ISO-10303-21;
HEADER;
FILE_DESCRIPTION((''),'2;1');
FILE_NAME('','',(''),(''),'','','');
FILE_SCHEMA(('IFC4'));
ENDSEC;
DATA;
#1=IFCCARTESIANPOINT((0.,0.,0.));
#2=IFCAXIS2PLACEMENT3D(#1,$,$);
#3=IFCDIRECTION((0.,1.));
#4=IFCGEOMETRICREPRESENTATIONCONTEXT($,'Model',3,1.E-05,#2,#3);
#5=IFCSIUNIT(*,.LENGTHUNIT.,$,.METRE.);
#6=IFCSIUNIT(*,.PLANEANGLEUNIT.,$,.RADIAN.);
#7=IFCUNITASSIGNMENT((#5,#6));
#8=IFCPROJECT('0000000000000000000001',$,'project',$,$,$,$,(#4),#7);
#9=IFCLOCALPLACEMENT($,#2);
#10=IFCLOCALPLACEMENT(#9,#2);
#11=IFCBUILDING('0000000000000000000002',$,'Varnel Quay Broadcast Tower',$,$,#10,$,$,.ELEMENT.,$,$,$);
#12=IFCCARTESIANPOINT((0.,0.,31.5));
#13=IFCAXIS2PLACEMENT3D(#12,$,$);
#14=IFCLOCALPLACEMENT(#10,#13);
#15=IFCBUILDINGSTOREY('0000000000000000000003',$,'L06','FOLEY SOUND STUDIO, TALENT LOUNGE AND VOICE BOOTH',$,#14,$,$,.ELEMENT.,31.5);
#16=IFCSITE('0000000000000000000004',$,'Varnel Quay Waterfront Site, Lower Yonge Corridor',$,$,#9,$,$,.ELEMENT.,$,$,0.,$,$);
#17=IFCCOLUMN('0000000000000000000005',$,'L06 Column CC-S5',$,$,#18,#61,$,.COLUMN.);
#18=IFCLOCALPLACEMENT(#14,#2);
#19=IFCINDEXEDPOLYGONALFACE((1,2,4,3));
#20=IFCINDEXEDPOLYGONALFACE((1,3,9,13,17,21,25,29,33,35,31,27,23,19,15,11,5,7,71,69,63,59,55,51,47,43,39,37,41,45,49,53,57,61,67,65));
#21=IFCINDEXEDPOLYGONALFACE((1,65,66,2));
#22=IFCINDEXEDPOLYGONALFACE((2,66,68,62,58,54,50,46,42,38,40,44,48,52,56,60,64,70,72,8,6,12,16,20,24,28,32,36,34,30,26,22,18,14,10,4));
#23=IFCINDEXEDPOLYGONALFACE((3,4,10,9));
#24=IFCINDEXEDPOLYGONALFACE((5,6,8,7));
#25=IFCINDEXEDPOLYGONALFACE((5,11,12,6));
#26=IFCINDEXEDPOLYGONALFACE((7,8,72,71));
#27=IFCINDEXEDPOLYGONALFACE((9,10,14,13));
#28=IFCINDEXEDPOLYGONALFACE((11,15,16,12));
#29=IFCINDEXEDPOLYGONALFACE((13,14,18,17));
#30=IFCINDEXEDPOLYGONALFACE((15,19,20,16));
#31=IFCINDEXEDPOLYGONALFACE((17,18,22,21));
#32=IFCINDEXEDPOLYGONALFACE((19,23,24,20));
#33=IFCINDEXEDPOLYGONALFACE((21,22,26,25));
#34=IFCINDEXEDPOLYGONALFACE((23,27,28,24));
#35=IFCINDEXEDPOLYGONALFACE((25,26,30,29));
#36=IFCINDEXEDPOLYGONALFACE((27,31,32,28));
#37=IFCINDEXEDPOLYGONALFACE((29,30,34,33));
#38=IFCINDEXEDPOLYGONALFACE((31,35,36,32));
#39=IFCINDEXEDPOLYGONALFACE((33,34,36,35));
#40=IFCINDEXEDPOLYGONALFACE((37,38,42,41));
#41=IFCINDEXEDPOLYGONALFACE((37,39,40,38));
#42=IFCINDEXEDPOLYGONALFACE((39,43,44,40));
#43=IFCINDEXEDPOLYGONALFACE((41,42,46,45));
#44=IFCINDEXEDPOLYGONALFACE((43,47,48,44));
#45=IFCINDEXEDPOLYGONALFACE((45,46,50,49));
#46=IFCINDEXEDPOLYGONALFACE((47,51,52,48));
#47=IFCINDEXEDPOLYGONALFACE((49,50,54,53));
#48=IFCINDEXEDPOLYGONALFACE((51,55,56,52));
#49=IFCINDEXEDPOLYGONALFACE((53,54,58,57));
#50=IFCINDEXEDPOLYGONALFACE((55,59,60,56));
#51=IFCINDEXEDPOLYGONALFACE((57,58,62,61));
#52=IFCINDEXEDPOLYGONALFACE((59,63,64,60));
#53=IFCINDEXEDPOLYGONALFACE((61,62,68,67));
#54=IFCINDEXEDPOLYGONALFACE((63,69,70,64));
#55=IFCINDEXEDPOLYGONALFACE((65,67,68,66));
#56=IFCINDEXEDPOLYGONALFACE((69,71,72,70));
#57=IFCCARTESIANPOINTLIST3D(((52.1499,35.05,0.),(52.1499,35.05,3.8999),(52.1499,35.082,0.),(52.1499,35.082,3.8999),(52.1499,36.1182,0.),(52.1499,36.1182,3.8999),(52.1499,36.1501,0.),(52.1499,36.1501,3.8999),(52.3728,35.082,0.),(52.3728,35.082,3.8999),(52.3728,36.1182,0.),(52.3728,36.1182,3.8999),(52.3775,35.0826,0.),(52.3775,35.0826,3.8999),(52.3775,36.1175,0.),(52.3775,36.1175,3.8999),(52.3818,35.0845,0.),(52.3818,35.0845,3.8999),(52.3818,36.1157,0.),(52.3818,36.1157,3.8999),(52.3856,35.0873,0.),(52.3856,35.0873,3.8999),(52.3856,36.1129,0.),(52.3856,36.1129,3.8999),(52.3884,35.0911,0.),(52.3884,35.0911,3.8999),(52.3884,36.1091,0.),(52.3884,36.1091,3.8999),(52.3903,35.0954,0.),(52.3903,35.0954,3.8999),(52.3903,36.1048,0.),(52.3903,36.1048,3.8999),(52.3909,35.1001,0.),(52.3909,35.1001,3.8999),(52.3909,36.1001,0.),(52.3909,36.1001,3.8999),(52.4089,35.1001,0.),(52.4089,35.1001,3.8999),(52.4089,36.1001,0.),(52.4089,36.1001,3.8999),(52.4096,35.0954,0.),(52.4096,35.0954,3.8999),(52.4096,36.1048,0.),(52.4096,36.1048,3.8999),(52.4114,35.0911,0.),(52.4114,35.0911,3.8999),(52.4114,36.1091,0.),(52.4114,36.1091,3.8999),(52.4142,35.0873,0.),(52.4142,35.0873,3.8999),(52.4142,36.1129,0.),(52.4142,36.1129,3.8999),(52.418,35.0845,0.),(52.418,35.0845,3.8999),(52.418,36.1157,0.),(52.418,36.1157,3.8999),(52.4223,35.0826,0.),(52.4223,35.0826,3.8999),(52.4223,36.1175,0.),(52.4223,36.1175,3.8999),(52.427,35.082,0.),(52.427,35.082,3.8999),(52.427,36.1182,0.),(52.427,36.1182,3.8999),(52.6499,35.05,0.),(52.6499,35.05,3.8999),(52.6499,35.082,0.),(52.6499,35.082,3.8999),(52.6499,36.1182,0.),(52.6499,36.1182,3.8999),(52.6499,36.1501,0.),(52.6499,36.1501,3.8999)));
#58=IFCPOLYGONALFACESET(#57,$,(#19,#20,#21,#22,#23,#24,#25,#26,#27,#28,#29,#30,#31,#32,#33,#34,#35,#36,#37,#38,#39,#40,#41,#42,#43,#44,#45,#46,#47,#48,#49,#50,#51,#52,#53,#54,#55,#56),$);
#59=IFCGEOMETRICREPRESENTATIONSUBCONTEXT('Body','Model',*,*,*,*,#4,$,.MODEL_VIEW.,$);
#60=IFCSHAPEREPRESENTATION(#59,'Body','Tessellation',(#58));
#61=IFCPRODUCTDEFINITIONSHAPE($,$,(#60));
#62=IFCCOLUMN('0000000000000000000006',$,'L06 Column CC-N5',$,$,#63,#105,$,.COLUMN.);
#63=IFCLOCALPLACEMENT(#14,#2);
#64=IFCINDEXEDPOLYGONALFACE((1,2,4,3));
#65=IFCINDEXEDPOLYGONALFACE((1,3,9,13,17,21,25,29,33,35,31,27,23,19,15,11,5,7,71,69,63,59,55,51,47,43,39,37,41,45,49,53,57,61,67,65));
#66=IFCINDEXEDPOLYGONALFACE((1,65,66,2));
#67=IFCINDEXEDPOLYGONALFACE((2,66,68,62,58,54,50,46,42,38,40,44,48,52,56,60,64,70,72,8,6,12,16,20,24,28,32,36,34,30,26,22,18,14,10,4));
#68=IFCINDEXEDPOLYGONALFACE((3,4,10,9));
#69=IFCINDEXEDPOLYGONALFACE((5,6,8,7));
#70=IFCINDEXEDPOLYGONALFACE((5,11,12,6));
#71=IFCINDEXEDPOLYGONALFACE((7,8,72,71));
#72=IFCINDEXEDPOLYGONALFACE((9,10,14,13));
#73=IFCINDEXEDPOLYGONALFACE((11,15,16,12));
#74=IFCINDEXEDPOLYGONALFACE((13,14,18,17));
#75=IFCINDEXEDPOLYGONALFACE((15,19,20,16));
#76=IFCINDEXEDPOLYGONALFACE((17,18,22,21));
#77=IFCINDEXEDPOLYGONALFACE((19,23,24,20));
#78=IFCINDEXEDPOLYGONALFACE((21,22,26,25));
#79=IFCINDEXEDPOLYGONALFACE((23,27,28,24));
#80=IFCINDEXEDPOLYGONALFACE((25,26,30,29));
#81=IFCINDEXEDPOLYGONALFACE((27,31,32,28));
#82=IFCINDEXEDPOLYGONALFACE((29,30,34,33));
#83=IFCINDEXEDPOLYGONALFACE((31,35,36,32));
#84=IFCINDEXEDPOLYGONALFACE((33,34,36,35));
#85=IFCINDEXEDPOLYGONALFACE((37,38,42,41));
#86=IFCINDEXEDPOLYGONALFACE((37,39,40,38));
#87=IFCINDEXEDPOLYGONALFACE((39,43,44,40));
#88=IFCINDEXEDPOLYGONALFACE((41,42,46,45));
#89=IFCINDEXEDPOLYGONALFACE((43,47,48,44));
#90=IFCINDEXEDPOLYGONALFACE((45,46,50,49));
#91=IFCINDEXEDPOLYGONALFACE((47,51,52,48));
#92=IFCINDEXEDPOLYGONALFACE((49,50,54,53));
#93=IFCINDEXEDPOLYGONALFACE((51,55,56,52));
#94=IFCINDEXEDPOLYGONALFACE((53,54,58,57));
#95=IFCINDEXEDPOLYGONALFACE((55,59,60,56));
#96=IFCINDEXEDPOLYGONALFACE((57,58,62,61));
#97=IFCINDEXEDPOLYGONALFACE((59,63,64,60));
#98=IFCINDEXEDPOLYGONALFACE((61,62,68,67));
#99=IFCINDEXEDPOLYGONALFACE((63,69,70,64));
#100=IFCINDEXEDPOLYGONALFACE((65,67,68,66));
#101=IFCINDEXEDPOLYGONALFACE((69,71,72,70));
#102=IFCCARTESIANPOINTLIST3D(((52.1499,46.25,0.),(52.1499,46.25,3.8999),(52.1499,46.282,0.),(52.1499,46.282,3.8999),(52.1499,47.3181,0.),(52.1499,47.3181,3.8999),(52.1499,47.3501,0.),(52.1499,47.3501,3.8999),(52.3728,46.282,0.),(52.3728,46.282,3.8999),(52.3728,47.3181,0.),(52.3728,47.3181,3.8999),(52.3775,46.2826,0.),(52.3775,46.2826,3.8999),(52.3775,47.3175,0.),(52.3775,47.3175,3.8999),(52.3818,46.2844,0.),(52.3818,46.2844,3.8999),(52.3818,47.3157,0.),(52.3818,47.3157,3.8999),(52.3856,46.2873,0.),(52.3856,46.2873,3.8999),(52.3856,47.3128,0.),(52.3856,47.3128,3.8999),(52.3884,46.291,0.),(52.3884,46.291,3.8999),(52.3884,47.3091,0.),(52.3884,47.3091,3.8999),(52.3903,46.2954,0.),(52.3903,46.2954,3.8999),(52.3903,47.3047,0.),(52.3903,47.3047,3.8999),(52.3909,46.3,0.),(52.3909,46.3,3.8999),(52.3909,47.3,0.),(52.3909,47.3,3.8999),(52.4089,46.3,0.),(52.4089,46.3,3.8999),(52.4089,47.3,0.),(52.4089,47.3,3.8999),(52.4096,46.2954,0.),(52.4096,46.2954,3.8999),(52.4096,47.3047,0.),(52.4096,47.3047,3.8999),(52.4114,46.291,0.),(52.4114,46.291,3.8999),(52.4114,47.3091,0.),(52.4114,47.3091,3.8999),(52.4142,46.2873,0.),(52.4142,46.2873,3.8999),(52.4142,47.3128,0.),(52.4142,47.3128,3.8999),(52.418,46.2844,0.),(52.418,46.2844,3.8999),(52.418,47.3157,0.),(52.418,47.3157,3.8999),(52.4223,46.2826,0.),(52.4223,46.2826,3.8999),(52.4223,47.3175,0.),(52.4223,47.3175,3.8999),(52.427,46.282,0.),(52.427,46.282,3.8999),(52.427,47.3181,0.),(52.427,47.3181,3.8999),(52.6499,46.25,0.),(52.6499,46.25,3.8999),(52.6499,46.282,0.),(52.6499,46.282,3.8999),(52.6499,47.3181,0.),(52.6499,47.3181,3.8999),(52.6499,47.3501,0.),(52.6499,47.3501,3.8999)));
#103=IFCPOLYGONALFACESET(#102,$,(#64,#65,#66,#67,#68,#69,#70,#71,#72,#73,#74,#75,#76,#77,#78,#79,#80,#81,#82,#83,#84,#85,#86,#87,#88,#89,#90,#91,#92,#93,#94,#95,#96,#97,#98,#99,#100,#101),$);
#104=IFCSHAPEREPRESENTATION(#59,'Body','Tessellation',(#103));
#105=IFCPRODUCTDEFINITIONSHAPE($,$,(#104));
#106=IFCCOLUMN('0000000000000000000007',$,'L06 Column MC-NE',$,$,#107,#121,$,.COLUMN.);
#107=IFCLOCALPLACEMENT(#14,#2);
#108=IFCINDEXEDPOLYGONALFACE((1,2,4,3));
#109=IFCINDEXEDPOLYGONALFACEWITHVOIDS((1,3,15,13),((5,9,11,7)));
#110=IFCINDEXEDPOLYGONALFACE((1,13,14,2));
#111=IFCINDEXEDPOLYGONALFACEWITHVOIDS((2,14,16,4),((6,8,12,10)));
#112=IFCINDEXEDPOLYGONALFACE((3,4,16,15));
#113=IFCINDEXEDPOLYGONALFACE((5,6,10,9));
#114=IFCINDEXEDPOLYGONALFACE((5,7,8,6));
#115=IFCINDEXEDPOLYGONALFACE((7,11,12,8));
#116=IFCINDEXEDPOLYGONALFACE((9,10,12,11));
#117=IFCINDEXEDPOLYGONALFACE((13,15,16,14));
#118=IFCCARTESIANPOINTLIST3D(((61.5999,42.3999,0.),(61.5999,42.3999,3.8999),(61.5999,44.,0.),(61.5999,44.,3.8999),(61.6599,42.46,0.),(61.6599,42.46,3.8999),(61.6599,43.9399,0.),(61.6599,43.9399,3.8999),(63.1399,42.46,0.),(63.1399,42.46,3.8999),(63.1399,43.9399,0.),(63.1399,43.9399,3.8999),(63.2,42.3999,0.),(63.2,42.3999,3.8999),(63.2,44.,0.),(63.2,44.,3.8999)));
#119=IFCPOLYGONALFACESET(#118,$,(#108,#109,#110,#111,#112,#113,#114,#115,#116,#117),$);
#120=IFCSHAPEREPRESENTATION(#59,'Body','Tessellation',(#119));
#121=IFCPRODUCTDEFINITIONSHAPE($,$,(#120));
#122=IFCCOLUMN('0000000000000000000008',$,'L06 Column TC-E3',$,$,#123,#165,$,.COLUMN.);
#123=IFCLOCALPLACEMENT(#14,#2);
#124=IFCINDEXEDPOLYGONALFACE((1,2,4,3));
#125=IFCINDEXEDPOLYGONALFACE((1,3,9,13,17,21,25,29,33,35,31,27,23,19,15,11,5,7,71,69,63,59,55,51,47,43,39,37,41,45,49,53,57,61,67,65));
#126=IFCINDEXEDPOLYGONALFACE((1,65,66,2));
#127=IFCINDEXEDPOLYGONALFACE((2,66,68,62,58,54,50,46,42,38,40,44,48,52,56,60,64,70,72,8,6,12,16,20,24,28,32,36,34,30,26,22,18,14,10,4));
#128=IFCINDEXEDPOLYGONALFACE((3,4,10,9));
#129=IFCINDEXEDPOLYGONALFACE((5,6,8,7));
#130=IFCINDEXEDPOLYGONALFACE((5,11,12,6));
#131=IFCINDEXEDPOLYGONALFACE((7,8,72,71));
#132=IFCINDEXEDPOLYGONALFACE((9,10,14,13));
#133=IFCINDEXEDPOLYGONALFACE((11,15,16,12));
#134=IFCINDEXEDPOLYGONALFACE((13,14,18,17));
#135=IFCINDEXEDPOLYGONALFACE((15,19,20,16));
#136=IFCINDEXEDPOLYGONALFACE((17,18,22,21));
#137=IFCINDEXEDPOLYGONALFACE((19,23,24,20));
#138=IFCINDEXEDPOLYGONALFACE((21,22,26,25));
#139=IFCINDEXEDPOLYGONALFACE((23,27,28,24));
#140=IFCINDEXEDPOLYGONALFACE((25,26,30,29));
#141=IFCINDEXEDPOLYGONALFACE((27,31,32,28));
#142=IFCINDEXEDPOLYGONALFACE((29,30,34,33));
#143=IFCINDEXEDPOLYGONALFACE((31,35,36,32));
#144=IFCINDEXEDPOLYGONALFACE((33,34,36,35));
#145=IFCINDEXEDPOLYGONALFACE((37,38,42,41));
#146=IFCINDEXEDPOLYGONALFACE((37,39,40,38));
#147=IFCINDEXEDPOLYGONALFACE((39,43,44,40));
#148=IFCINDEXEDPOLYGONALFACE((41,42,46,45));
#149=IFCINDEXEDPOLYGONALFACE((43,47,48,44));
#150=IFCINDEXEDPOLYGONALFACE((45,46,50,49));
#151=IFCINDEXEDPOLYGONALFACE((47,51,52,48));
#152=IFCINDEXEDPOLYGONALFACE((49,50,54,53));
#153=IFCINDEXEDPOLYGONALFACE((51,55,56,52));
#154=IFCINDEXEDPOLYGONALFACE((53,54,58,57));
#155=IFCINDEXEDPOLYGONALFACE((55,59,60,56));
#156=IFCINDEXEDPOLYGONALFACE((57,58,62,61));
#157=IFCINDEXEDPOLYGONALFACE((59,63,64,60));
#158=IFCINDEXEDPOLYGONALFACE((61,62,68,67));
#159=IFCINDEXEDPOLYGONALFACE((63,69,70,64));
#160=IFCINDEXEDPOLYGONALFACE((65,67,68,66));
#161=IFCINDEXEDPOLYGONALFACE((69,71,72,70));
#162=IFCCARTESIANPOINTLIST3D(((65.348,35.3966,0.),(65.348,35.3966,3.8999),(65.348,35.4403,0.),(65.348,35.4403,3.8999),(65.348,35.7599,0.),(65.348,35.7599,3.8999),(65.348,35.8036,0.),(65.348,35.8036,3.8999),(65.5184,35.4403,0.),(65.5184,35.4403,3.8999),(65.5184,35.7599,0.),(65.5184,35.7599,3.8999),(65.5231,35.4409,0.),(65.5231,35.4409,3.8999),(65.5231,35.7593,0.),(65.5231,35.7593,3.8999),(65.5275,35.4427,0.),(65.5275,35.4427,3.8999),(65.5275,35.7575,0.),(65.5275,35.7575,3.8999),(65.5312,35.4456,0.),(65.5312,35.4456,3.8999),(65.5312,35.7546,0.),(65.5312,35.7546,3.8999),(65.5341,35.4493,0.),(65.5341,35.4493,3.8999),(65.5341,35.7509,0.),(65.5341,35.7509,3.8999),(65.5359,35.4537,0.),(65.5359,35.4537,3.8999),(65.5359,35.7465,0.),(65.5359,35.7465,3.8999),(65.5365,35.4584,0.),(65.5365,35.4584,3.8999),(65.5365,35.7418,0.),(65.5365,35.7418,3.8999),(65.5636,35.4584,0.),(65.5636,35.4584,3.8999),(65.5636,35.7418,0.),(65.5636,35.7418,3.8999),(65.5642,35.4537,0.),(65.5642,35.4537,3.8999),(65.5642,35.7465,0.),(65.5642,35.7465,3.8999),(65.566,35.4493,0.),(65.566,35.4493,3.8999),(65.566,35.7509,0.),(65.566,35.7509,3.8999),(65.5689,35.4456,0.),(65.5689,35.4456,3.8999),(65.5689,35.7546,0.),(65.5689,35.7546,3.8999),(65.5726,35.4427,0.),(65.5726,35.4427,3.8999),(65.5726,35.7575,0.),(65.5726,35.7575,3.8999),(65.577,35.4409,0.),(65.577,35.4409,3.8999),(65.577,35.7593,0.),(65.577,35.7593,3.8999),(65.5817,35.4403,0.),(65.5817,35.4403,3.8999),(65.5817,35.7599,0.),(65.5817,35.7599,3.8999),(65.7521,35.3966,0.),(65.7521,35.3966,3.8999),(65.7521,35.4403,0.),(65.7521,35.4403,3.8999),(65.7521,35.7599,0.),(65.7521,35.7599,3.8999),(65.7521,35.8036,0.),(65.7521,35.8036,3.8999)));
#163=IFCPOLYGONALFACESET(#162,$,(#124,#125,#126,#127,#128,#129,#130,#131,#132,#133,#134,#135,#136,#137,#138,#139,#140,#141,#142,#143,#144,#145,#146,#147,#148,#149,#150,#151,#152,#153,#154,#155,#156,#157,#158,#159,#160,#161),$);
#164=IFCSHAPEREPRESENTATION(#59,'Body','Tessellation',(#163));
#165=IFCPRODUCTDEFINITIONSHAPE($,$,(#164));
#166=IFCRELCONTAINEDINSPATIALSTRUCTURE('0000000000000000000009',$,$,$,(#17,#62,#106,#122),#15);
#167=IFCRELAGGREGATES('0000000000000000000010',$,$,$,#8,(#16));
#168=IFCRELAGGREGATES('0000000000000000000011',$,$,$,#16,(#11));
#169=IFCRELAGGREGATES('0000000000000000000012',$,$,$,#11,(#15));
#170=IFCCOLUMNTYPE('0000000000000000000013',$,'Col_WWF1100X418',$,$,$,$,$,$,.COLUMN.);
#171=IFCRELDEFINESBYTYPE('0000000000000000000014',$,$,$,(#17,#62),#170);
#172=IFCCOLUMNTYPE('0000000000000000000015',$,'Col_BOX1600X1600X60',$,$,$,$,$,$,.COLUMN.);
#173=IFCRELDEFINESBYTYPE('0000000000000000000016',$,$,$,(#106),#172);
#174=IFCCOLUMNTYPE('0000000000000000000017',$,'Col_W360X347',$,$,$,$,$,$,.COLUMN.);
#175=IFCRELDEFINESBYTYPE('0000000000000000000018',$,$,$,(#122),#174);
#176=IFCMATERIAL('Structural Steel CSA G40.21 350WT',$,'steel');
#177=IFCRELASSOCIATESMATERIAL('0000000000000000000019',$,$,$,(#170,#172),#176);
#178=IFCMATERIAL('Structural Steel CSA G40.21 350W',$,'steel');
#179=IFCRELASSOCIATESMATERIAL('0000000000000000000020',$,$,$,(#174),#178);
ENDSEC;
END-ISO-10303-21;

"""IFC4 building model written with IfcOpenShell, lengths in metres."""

from ifc_helpers import new_model, si_unit, direction, frame, origin, origin_2d, place, context, subcontext, project, spatial, hollow_rectangle, i_section, extrude, source, transform, mapped, material, material_profile, profile_set, type_object, type_shapes, element, save


model = new_model("IFC4")

# Units and contexts
model_context = context("Model", 3, precision=1e-05, world=origin(), true_north=direction((0.0, 1.0)))
body_context = subcontext(model_context, "Body", "Model", "MODEL_VIEW")
ifc_project = project(units=[si_unit("LENGTHUNIT", "METRE"), si_unit("PLANEANGLEUNIT", "RADIAN")], contexts=[model_context])

# Site, building, storey
site_placement = place(None, origin())
site = spatial("IfcSite", under=ifc_project, at=site_placement, Name="Varnel Quay Waterfront Site, Lower Yonge Corridor", CompositionType="ELEMENT", RefElevation=0.0)
building_placement = place(site_placement, origin())
building = spatial("IfcBuilding", under=site, at=building_placement, Name="Varnel Quay Broadcast Tower", CompositionType="ELEMENT")
storey_placement = place(building_placement, frame((0.0, 0.0, 31.5)))
storey = spatial("IfcBuildingStorey", under=building, at=storey_placement, Name="L06", Description="FOLEY SOUND STUDIO, TALENT LOUNGE AND VOICE BOOTH", CompositionType="ELEMENT", Elevation=31.5)

# Columns
ifc_material_1 = material(Name="Structural Steel CSA G40.21 350WT", Category="steel")
ifc_material_profile_1 = material_profile(ifc_material_1, i_section(OverallWidth=0.5, OverallDepth=1.1001, WebThickness=0.0181, FlangeThickness=0.032, FilletRadius=0.0181, at=origin_2d()), Name="WWF1100X418")
ifc_profile_set_1 = profile_set([ifc_material_profile_1], Name="Structural Steel CSA G40.21 350WT")
column_type_1 = type_object("IfcColumnType", Name="Col_WWF1100X418", PredefinedType="COLUMN", material=ifc_profile_set_1)
shared_shape_1 = source(origin(), body_context, "Body", "SweptSolid", [
    extrude(i_section(OverallWidth=0.5, OverallDepth=1.1001, WebThickness=0.0181, FlangeThickness=0.032, FilletRadius=0.0181, at=origin_2d()), origin(), (0.0, 0.0, 1.0), 3.8999),
])
type_shapes(column_type_1, [shared_shape_1])
for number, where, z_axis, x_axis, name in (
    (1, (52.3999, 35.6001, 0.0), (0.0, 0.0, 1.0), (1.0, 0.0, 0.0), "L06 Column CC-S5"),
    (2, (52.3999, 46.8, 0.0), (0.0, 0.0, 1.0), (1.0, 0.0, 0.0), "L06 Column CC-N5"),
):
    element("IfcColumn", number, at=place(storey_placement, frame(where, z_axis=z_axis, x_axis=x_axis)), inside=storey, type_object=column_type_1, Name=name, PredefinedType="COLUMN", context=body_context, shape_type="MappedRepresentation", body=[
        mapped(shared_shape_1, transform((0.0, 0.0, 0.0), x_axis=(1.0, 0.0, 0.0), y_axis=(0.0, 1.0, 0.0), z_axis=(0.0, 0.0, 1.0), scale=1.0)),
    ])
ifc_material_profile_2 = material_profile(ifc_material_1, hollow_rectangle(XDim=1.6001, YDim=1.6001, WallThickness=0.0601, at=origin_2d()), Name="BOX1600X1600X60")
ifc_profile_set_2 = profile_set([ifc_material_profile_2], Name="Structural Steel CSA G40.21 350WT")
column_type_2 = type_object("IfcColumnType", Name="Col_BOX1600X1600X60", PredefinedType="COLUMN", material=ifc_profile_set_2)
shared_shape_2 = source(origin(), body_context, "Body", "SweptSolid", [
    extrude(hollow_rectangle(XDim=1.6001, YDim=1.6001, WallThickness=0.0601, at=origin_2d()), origin(), (0.0, 0.0, 1.0), 3.8999),
])
type_shapes(column_type_2, [shared_shape_2])
column_1_placement = place(storey_placement, frame((62.3999, 43.2, 0.0), z_axis=(0.0, 0.0, 1.0), x_axis=(1.0, 0.0, 0.0)))
element("IfcColumn", 3, at=column_1_placement, inside=storey, type_object=column_type_2, Name="L06 Column MC-NE", PredefinedType="COLUMN", context=body_context, shape_type="MappedRepresentation", body=[
    mapped(shared_shape_2, transform((0.0, 0.0, 0.0), x_axis=(1.0, 0.0, 0.0), y_axis=(0.0, 1.0, 0.0), z_axis=(0.0, 0.0, 1.0), scale=1.0)),
])
ifc_material_2 = material(Name="Structural Steel CSA G40.21 350W", Category="steel")
ifc_material_profile_3 = material_profile(ifc_material_2, i_section(OverallWidth=0.4041, OverallDepth=0.407, WebThickness=0.0271, FlangeThickness=0.0437, FilletRadius=0.0181, at=origin_2d()), Name="W360X347")
ifc_profile_set_3 = profile_set([ifc_material_profile_3], Name="Structural Steel CSA G40.21 350W")
column_type_3 = type_object("IfcColumnType", Name="Col_W360X347", PredefinedType="COLUMN", material=ifc_profile_set_3)
shared_shape_3 = source(origin(), body_context, "Body", "SweptSolid", [
    extrude(i_section(OverallWidth=0.4041, OverallDepth=0.407, WebThickness=0.0271, FlangeThickness=0.0437, FilletRadius=0.0181, at=origin_2d()), origin(), (0.0, 0.0, 1.0), 3.8999),
])
type_shapes(column_type_3, [shared_shape_3])
column_2_placement = place(storey_placement, frame((65.55, 35.6001, 0.0), z_axis=(0.0, 0.0, 1.0), x_axis=(1.0, 0.0, 0.0)))
element("IfcColumn", 4, at=column_2_placement, inside=storey, type_object=column_type_3, Name="L06 Column TC-E3", PredefinedType="COLUMN", context=body_context, shape_type="MappedRepresentation", body=[
    mapped(shared_shape_3, transform((0.0, 0.0, 0.0), x_axis=(1.0, 0.0, 0.0), y_axis=(0.0, 1.0, 0.0), z_axis=(0.0, 0.0, 1.0), scale=1.0)),
])

save(model, "model.ifc")
